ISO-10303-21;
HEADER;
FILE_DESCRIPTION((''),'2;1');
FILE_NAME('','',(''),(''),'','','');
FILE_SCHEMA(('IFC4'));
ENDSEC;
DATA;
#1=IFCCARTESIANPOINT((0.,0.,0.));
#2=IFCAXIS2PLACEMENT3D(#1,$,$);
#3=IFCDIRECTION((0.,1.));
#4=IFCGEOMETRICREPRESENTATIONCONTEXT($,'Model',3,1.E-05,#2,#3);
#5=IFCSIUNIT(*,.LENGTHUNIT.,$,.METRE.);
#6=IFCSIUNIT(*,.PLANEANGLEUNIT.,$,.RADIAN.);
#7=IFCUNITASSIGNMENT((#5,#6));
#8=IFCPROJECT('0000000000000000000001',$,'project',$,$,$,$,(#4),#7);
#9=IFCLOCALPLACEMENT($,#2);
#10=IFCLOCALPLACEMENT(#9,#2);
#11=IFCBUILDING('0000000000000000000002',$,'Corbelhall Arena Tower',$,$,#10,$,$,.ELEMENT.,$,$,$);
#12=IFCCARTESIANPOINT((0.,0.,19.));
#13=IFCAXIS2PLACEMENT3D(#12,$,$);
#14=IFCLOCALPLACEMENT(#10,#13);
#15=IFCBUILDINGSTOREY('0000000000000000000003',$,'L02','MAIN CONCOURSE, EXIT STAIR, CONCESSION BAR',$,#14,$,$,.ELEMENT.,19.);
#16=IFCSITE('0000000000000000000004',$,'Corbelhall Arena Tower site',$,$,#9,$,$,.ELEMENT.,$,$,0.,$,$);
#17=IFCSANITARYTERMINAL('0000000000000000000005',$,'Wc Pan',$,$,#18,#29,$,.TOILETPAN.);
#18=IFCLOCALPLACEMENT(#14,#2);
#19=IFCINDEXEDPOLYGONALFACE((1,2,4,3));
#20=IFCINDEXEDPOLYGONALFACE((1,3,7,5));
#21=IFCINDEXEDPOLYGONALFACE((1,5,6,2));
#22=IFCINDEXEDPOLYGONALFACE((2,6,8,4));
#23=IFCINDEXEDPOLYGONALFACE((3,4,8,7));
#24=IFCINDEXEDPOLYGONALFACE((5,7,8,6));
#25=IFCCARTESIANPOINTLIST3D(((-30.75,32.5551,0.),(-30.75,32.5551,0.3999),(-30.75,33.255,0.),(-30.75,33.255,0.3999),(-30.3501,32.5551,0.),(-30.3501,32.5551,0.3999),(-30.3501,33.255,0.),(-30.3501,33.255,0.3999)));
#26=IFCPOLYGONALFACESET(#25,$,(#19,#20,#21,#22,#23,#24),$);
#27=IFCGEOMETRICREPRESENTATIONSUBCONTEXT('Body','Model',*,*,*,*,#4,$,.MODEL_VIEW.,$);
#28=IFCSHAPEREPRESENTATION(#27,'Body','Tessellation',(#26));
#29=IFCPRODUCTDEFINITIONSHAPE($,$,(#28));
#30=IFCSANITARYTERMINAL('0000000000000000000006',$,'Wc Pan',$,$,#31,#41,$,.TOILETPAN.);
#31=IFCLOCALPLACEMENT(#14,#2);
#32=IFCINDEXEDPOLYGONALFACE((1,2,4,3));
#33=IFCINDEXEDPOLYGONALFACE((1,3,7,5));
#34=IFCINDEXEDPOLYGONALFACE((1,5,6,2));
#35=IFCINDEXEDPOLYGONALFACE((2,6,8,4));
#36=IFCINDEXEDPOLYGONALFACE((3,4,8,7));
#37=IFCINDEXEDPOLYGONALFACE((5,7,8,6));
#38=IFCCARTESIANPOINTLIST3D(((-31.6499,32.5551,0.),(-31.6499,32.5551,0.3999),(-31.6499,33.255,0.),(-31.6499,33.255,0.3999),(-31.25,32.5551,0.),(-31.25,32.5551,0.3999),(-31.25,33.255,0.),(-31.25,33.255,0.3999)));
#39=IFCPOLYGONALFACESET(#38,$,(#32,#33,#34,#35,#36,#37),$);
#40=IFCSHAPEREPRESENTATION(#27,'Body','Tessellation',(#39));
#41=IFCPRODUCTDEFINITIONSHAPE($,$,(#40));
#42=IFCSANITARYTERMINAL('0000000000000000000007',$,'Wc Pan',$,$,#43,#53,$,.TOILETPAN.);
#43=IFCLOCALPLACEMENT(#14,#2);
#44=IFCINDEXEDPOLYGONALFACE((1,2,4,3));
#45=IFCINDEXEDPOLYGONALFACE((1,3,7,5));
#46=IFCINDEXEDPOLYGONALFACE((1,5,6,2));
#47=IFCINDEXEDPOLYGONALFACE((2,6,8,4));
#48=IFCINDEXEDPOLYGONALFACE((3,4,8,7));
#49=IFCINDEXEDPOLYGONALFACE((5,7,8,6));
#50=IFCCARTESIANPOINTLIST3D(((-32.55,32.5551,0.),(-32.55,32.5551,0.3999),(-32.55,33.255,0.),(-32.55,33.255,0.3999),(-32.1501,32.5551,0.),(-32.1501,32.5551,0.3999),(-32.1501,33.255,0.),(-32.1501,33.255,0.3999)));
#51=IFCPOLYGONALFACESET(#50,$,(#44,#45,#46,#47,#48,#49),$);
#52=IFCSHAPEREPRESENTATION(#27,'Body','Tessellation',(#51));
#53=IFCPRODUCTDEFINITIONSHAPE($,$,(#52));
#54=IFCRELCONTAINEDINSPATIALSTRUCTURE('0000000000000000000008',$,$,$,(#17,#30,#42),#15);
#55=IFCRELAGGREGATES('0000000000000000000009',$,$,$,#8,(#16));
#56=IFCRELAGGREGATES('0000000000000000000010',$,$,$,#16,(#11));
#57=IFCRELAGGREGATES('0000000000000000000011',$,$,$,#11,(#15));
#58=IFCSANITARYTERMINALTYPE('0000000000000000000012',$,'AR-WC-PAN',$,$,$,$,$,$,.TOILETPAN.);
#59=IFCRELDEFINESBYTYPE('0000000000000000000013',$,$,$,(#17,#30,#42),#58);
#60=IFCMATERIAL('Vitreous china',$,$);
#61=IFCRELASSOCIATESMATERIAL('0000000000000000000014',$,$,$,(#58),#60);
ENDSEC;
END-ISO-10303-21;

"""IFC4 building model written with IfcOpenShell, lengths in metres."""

from ifc_helpers import new_model, si_unit, direction, frame, origin, origin_2d, place, context, subcontext, project, spatial, rectangle, extrude, material, type_object, element, save


model = new_model("IFC4")

# Units and contexts
model_context = context("Model", 3, precision=1e-05, world=origin(), true_north=direction((0.0, 1.0)))
body_context = subcontext(model_context, "Body", "Model", "MODEL_VIEW")
ifc_project = project(units=[si_unit("LENGTHUNIT", "METRE"), si_unit("PLANEANGLEUNIT", "RADIAN")], contexts=[model_context])

# Site, building, storey
site_placement = place(None, origin())
site = spatial("IfcSite", under=ifc_project, at=site_placement, Name="Corbelhall Arena Tower site", CompositionType="ELEMENT", RefElevation=0.0)
building_placement = place(site_placement, origin())
building = spatial("IfcBuilding", under=site, at=building_placement, Name="Corbelhall Arena Tower", CompositionType="ELEMENT")
storey_placement = place(building_placement, frame((0.0, 0.0, 19.0)))
storey = spatial("IfcBuildingStorey", under=building, at=storey_placement, Name="L02", Description="MAIN CONCOURSE, EXIT STAIR, CONCESSION BAR", CompositionType="ELEMENT", Elevation=19.0)

# Sanitary terminals
ifc_material_1 = material(Name="Vitreous china")
sanitary_terminal_type_1 = type_object("IfcSanitaryTerminalType", Name="AR-WC-PAN", PredefinedType="TOILETPAN", material=ifc_material_1)
for number, where, z_axis, x_axis, name in (
    (1, (-30.55, 32.905, 0.0), (0.0, 0.0, 1.0), (1.0, 0.0, 0.0), "Wc Pan"),
    (2, (-31.45, 32.905, 0.0), (0.0, 0.0, 1.0), (1.0, 0.0, 0.0), "Wc Pan"),
    (3, (-32.3501, 32.905, 0.0), (0.0, 0.0, 1.0), (1.0, 0.0, 0.0), "Wc Pan"),
):
    element("IfcSanitaryTerminal", number, at=place(storey_placement, frame(where, z_axis=z_axis, x_axis=x_axis)), inside=storey, type_object=sanitary_terminal_type_1, Name=name, PredefinedType="TOILETPAN", context=body_context, shape_type="SweptSolid", body=[
        extrude(rectangle(XDim=0.3999, YDim=0.7, at=origin_2d()), origin(), (0.0, 0.0, 1.0), 0.3999),
    ])

save(model, "model.ifc")
